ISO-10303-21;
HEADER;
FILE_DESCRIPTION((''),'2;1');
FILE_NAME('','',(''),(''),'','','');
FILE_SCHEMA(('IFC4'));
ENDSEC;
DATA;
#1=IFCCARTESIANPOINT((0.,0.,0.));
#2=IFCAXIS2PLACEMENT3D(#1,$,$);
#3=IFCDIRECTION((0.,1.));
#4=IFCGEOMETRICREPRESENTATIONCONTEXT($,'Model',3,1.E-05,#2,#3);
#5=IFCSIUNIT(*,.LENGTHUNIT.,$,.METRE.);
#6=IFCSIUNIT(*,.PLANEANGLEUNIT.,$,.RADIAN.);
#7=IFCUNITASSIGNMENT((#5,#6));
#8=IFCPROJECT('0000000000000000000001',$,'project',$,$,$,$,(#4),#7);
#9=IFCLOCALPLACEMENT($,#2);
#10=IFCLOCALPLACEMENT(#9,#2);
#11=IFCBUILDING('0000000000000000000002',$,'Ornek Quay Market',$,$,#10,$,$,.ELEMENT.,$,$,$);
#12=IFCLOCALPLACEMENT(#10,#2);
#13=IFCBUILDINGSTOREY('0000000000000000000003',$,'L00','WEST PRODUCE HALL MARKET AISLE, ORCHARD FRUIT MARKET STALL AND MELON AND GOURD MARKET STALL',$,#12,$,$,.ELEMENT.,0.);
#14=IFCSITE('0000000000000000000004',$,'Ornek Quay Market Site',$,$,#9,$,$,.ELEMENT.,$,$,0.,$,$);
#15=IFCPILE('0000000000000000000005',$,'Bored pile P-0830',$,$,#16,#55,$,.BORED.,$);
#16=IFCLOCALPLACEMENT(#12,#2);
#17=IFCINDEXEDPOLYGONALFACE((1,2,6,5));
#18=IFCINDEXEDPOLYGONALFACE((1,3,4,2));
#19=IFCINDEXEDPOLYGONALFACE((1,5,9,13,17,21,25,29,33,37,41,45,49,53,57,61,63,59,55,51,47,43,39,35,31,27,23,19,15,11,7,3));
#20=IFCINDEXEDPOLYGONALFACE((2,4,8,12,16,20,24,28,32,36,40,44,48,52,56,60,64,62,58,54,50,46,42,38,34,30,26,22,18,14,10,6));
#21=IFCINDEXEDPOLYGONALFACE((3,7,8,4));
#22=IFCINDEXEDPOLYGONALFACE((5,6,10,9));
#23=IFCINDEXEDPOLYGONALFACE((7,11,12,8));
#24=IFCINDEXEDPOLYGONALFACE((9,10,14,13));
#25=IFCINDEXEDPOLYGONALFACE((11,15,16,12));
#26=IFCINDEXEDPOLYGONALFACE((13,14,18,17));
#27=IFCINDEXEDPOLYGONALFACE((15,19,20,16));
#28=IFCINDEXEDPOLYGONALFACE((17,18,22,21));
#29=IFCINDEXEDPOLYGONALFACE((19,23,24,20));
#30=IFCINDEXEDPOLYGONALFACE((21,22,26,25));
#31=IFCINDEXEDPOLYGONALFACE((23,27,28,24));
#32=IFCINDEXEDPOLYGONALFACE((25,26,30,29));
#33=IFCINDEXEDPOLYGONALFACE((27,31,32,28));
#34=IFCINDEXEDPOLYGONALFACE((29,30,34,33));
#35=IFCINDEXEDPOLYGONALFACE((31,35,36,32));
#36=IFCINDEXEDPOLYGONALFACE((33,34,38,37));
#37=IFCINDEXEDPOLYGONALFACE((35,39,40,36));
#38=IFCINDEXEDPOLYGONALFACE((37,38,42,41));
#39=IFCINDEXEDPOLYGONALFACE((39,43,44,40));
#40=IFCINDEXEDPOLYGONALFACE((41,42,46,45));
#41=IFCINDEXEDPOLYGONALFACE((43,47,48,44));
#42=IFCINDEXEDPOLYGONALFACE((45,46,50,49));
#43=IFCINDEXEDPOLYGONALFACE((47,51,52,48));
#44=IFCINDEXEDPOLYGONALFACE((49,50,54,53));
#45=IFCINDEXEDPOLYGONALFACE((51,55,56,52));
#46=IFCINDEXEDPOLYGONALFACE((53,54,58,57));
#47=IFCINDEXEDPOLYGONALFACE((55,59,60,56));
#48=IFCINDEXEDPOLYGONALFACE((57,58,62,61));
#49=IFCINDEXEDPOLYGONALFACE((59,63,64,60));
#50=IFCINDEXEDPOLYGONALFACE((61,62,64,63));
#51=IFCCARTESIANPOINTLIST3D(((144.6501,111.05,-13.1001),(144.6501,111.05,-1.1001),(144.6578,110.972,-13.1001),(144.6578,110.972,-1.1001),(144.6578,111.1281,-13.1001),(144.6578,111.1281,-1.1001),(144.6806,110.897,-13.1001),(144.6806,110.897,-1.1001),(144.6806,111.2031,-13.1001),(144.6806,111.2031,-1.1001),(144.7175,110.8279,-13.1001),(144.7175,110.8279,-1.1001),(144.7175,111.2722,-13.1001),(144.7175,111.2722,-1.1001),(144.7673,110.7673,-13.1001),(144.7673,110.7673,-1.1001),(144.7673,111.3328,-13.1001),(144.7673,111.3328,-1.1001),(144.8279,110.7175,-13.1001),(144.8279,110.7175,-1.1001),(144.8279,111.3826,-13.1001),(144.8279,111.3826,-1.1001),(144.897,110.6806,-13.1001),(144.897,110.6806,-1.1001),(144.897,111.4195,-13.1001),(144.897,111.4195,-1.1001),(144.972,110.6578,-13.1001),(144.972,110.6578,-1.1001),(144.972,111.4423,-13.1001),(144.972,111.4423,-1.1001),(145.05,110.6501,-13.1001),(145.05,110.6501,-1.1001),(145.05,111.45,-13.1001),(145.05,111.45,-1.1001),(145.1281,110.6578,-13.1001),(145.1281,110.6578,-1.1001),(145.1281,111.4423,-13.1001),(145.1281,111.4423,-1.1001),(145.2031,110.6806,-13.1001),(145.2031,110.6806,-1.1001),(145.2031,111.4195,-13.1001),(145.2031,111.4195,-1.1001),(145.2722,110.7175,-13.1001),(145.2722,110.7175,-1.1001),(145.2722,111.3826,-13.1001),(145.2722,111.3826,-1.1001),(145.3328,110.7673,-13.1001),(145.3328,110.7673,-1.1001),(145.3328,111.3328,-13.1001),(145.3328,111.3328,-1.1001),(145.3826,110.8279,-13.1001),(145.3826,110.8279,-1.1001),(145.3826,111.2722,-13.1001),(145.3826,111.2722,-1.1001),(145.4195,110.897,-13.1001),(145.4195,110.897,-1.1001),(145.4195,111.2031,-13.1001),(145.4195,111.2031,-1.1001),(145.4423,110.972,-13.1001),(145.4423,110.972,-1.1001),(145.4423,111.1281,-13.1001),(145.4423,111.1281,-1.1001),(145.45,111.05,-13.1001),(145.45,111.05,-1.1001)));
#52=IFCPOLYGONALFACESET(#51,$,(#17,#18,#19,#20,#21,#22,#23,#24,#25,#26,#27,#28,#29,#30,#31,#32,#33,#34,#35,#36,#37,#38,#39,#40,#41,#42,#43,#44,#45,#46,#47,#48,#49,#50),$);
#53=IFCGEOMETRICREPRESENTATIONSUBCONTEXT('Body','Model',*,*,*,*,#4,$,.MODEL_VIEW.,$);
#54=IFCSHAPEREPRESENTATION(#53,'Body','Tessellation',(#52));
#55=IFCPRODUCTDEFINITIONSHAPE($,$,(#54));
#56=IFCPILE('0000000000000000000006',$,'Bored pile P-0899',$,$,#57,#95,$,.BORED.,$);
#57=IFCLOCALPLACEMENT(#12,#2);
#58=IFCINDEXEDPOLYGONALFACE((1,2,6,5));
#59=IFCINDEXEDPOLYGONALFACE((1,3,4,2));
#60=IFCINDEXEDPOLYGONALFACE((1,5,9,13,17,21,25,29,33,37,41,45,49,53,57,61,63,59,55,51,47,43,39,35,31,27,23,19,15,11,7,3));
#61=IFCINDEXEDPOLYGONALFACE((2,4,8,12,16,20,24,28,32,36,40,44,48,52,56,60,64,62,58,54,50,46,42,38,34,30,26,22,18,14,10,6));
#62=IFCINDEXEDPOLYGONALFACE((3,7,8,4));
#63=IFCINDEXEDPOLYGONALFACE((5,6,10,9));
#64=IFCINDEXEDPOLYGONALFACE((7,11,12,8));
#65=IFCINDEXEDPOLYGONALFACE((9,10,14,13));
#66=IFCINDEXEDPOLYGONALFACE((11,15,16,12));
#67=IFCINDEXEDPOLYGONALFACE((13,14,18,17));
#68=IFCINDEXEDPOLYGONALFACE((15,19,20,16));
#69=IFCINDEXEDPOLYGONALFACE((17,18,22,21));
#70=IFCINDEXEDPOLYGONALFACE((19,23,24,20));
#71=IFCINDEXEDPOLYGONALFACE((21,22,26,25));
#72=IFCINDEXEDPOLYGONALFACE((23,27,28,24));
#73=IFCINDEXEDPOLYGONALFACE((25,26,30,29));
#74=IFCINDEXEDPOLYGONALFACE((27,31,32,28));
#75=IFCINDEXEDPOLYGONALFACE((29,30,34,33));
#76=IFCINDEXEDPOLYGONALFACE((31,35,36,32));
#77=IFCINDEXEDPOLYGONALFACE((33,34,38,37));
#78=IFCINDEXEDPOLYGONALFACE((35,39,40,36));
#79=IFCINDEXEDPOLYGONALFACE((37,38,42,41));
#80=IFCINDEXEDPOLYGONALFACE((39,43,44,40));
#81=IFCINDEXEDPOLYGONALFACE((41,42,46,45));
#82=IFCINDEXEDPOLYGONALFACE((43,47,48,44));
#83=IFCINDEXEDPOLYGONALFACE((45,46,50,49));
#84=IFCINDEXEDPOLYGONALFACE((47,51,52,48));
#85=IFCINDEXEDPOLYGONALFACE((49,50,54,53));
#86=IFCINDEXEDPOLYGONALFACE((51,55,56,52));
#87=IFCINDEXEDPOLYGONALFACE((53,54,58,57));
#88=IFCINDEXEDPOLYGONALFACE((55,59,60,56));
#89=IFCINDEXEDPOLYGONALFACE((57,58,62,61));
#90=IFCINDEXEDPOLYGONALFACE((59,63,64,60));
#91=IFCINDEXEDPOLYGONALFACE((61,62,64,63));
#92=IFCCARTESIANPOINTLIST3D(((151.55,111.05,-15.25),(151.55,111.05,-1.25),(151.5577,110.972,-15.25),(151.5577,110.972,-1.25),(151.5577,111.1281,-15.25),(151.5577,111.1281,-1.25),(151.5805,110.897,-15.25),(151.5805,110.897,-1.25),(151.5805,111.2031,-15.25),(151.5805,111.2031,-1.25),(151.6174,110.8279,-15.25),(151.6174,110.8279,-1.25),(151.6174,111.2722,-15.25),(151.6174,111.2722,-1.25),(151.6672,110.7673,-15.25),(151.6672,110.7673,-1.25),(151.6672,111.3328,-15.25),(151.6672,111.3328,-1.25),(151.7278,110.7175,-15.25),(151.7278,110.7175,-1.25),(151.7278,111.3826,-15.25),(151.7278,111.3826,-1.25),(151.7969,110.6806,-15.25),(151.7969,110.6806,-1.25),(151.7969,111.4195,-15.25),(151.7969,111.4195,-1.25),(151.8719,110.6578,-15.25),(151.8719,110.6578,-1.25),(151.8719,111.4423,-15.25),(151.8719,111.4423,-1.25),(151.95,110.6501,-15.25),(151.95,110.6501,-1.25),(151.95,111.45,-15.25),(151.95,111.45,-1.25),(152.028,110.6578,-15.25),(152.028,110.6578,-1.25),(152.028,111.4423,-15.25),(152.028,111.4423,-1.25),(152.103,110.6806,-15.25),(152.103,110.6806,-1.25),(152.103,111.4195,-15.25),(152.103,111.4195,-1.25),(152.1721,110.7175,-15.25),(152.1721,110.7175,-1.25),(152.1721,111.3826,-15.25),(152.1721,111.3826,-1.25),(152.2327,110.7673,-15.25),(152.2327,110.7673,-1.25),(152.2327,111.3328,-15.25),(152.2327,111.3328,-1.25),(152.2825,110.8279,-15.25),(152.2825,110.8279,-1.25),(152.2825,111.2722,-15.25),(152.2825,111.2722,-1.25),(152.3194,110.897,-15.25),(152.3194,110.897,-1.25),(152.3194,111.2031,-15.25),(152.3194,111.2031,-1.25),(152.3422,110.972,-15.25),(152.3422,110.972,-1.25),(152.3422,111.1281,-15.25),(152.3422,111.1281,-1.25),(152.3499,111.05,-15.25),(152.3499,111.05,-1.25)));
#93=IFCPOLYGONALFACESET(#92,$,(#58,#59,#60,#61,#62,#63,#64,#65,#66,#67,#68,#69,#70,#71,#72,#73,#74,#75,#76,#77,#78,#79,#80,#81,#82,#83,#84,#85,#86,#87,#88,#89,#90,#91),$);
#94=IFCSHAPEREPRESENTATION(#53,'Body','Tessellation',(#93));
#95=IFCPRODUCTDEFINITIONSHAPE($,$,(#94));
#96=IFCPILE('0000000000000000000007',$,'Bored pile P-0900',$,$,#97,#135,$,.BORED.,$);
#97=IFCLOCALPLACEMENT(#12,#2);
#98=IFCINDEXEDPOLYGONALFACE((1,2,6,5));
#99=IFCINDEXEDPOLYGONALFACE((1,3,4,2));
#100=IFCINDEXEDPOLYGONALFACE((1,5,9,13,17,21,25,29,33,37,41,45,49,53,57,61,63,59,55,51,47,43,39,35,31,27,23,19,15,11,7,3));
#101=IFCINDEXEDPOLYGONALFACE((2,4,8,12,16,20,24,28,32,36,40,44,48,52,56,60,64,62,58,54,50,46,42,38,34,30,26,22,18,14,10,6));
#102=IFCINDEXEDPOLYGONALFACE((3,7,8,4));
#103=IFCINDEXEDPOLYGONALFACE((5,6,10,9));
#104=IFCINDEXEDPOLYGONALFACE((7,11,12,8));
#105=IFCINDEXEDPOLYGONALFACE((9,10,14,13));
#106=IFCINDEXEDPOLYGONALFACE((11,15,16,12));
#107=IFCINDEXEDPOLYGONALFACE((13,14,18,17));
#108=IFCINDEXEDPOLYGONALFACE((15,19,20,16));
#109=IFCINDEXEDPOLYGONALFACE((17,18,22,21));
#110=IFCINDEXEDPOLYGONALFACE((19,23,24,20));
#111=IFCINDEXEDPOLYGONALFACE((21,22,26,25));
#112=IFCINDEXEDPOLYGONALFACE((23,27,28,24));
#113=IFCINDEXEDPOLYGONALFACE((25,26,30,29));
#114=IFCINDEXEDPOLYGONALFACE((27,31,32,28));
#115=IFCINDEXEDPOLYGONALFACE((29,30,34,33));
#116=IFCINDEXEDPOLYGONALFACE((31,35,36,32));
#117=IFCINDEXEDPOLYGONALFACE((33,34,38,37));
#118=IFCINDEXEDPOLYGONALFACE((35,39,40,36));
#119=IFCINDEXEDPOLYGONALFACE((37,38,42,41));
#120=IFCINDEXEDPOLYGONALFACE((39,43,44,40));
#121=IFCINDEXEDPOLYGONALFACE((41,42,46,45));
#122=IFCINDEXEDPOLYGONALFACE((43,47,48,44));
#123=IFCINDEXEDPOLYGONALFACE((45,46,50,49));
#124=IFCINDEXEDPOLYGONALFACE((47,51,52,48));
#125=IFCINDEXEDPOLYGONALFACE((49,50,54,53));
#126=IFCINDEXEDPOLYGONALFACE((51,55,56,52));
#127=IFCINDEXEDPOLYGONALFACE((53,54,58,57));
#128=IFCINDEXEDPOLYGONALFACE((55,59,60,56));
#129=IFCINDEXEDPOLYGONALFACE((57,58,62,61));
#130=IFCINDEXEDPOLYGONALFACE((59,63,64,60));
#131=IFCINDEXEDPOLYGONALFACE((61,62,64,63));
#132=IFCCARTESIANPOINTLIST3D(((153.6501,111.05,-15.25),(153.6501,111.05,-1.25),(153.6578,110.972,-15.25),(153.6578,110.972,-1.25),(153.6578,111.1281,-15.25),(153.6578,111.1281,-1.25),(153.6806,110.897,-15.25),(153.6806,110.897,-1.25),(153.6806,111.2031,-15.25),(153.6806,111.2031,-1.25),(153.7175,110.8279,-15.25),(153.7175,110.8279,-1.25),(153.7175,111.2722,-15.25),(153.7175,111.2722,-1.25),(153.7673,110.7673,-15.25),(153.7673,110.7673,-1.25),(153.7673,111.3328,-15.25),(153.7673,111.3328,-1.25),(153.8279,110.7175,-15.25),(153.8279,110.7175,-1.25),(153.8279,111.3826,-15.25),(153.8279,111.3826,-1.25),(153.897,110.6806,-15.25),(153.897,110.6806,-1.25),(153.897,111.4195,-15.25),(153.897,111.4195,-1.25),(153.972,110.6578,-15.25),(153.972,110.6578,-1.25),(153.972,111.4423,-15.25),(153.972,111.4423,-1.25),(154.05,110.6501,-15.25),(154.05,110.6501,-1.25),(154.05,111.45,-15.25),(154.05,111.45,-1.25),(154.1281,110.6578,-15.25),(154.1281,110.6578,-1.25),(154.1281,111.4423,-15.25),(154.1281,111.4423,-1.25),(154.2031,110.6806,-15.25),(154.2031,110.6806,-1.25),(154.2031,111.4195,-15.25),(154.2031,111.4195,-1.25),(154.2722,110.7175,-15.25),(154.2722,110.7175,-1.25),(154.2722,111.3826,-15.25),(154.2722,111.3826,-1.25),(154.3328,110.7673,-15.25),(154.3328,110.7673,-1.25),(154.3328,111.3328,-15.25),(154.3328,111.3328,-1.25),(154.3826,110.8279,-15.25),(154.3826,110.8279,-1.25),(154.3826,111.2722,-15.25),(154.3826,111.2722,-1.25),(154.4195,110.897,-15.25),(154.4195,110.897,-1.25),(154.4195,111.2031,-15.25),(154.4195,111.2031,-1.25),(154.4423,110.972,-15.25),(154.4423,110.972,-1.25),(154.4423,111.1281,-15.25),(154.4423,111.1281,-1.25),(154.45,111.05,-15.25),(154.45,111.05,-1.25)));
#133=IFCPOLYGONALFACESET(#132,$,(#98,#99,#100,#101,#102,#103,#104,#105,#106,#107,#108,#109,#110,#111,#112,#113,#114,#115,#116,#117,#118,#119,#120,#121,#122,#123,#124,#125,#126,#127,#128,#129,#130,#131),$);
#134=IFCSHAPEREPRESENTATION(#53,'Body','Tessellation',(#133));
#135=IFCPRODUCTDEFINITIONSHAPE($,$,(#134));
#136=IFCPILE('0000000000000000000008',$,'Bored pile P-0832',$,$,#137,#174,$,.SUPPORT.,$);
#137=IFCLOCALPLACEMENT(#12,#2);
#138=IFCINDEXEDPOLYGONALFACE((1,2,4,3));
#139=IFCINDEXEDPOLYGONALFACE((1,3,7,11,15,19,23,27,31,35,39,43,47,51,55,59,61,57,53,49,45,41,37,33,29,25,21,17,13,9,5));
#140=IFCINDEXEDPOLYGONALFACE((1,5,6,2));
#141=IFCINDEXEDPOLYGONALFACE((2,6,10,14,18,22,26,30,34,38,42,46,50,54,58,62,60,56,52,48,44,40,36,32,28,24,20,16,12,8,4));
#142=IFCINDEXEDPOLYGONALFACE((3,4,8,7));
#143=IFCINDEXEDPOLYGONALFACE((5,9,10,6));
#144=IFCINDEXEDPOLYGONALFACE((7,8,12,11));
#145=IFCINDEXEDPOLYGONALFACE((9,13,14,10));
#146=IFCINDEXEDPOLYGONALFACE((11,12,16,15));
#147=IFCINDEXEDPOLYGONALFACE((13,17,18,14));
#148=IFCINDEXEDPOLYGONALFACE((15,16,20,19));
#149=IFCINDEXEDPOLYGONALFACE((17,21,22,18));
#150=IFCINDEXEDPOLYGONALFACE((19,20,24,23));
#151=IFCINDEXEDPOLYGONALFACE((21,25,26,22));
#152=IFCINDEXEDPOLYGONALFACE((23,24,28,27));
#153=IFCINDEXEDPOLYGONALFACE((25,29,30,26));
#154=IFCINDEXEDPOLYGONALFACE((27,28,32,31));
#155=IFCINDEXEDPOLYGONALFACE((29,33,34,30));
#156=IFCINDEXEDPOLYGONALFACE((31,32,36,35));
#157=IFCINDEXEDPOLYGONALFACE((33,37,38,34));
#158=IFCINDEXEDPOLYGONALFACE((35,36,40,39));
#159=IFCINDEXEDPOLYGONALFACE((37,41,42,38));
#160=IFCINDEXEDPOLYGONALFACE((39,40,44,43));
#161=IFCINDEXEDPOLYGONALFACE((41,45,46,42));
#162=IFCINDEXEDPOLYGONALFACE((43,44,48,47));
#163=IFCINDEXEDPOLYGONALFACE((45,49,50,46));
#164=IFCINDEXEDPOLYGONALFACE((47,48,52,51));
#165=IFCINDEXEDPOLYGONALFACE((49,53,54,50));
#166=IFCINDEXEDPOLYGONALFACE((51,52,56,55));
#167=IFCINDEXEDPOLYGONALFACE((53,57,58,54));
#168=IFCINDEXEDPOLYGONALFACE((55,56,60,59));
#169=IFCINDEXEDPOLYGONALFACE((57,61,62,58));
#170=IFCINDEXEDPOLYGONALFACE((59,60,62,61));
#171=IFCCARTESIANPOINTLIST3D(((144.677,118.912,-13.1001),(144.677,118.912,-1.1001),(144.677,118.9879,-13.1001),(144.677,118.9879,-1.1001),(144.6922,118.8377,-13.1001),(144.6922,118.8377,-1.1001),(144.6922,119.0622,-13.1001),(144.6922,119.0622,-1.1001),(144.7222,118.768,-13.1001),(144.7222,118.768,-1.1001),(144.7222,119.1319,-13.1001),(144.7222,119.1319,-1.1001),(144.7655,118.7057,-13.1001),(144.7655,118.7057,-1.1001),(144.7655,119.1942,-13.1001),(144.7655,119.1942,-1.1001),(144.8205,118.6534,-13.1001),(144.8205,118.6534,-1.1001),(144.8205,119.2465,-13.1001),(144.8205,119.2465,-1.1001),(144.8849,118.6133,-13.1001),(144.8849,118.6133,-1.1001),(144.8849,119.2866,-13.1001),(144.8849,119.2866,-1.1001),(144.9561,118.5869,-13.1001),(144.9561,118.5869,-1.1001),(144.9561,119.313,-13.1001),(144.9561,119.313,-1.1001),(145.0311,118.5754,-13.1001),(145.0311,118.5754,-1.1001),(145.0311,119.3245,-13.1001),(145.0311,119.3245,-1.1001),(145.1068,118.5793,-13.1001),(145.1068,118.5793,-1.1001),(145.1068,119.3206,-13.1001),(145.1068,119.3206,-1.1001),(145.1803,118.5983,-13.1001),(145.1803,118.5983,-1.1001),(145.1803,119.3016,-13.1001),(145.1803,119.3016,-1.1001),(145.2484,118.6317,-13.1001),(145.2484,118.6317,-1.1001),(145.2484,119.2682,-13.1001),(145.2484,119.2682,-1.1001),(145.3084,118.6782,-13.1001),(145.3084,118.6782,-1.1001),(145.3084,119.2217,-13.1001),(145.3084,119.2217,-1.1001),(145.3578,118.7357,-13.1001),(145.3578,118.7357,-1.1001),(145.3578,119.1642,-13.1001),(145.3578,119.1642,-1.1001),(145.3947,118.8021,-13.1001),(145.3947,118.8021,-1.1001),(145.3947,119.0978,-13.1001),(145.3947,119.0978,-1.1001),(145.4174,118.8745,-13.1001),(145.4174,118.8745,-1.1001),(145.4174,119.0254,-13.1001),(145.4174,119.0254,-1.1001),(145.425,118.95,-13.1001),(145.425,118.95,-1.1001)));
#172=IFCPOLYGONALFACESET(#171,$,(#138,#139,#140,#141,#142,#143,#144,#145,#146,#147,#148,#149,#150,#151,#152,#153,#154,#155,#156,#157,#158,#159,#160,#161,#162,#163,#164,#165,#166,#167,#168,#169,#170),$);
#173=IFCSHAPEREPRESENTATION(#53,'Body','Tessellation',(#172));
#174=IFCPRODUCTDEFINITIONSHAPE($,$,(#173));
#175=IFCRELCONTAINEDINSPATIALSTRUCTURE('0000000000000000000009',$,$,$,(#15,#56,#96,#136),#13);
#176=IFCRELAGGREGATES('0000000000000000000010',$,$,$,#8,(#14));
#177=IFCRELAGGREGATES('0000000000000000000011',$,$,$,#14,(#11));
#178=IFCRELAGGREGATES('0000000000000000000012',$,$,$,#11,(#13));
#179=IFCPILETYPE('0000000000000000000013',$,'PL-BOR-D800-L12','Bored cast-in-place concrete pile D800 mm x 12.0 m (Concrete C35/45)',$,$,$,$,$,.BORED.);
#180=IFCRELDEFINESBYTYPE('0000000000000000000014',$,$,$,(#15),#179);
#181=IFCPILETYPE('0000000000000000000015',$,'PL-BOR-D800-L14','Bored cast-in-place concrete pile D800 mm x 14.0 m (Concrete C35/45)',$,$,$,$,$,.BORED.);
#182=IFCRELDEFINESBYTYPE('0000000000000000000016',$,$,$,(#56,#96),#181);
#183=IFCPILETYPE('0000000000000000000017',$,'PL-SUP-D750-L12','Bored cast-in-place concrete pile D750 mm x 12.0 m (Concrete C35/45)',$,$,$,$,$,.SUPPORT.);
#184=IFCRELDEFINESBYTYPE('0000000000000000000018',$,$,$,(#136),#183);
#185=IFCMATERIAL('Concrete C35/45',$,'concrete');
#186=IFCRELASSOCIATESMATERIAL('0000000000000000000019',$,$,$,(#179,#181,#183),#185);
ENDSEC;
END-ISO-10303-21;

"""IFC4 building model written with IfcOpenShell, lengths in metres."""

from ifc_helpers import new_model, si_unit, direction, frame, origin, origin_2d, place, context, subcontext, project, spatial, circle, extrude, material, material_profile, profile_set, type_object, element, save


model = new_model("IFC4")

# Units and contexts
model_context = context("Model", 3, precision=1e-05, world=origin(), true_north=direction((0.0, 1.0)))
body_context = subcontext(model_context, "Body", "Model", "MODEL_VIEW")
ifc_project = project(units=[si_unit("LENGTHUNIT", "METRE"), si_unit("PLANEANGLEUNIT", "RADIAN")], contexts=[model_context])

# Site, building, storey
site_placement = place(None, origin())
site = spatial("IfcSite", under=ifc_project, at=site_placement, Name="Ornek Quay Market Site", CompositionType="ELEMENT", RefElevation=0.0)
building_placement = place(site_placement, origin())
building = spatial("IfcBuilding", under=site, at=building_placement, Name="Ornek Quay Market", CompositionType="ELEMENT")
storey_placement = place(building_placement, origin())
storey = spatial("IfcBuildingStorey", under=building, at=storey_placement, Name="L00", Description="WEST PRODUCE HALL MARKET AISLE, ORCHARD FRUIT MARKET STALL AND MELON AND GOURD MARKET STALL", CompositionType="ELEMENT", Elevation=0.0)

# Piles
ifc_material_1 = material(Name="Concrete C35/45", Category="concrete")
ifc_material_profile_1 = material_profile(ifc_material_1, circle(Radius=0.3999, at=origin_2d()), Name="PILE D800", Category="concrete")
ifc_profile_set_1 = profile_set([ifc_material_profile_1], Name="Concrete C35/45")
pile_type_1 = type_object("IfcPileType", Name="PL-BOR-D800-L12", Description="Bored cast-in-place concrete pile D800 mm x 12.0 m (Concrete C35/45)", PredefinedType="BORED", material=ifc_profile_set_1)
pile_placement = place(storey_placement, frame((145.05, 111.05, -1.1001), z_axis=(0.0, 0.0, -1.0), x_axis=(1.0, 0.0, 0.0)))
element("IfcPile", 1, at=pile_placement, inside=storey, type_object=pile_type_1, Name="Bored pile P-0830", PredefinedType="BORED", context=body_context, shape_type="SweptSolid", body=[
    extrude(circle(Radius=0.3999, at=origin_2d()), origin(), (0.0, 0.0, 1.0), 12.0),
])
ifc_material_profile_2 = material_profile(ifc_material_1, circle(Radius=0.3999, at=origin_2d()), Name="PILE D800", Category="concrete")
ifc_profile_set_2 = profile_set([ifc_material_profile_2], Name="Concrete C35/45")
pile_type_2 = type_object("IfcPileType", Name="PL-BOR-D800-L14", Description="Bored cast-in-place concrete pile D800 mm x 14.0 m (Concrete C35/45)", PredefinedType="BORED", material=ifc_profile_set_2)
for number, where, z_axis, x_axis, name in (
    (2, (151.95, 111.05, -1.25), (0.0, 0.0, -1.0), (1.0, 0.0, 0.0), "Bored pile P-0899"),
    (3, (154.05, 111.05, -1.25), (0.0, 0.0, -1.0), (1.0, 0.0, 0.0), "Bored pile P-0900"),
):
    element("IfcPile", number, at=place(storey_placement, frame(where, z_axis=z_axis, x_axis=x_axis)), inside=storey, type_object=pile_type_2, Name=name, PredefinedType="BORED", context=body_context, shape_type="SweptSolid", body=[
        extrude(circle(Radius=0.3999, at=origin_2d()), origin(), (0.0, 0.0, 1.0), 14.0),
    ])
ifc_material_profile_3 = material_profile(ifc_material_1, circle(Radius=0.375, at=origin_2d()), Name="PILE D750", Category="concrete")
ifc_profile_set_3 = profile_set([ifc_material_profile_3], Name="Concrete C35/45")
pile_type_3 = type_object("IfcPileType", Name="PL-SUP-D750-L12", Description="Bored cast-in-place concrete pile D750 mm x 12.0 m (Concrete C35/45)", PredefinedType="SUPPORT", material=ifc_profile_set_3)
for number, where, z_axis, x_axis, name in (
    (4, (145.05, 118.95, -1.1001), (0.0, 0.0, -1.0), (1.0, 0.0, 0.0), "Bored pile P-0832"),
):
    element("IfcPile", number, at=place(storey_placement, frame(where, z_axis=z_axis, x_axis=x_axis)), inside=storey, type_object=pile_type_3, Name=name, PredefinedType="SUPPORT", context=body_context, shape_type="SweptSolid", body=[
        extrude(circle(Radius=0.375, at=origin_2d()), origin(), (0.0, 0.0, 1.0), 12.0),
    ])

save(model, "model.ifc")
